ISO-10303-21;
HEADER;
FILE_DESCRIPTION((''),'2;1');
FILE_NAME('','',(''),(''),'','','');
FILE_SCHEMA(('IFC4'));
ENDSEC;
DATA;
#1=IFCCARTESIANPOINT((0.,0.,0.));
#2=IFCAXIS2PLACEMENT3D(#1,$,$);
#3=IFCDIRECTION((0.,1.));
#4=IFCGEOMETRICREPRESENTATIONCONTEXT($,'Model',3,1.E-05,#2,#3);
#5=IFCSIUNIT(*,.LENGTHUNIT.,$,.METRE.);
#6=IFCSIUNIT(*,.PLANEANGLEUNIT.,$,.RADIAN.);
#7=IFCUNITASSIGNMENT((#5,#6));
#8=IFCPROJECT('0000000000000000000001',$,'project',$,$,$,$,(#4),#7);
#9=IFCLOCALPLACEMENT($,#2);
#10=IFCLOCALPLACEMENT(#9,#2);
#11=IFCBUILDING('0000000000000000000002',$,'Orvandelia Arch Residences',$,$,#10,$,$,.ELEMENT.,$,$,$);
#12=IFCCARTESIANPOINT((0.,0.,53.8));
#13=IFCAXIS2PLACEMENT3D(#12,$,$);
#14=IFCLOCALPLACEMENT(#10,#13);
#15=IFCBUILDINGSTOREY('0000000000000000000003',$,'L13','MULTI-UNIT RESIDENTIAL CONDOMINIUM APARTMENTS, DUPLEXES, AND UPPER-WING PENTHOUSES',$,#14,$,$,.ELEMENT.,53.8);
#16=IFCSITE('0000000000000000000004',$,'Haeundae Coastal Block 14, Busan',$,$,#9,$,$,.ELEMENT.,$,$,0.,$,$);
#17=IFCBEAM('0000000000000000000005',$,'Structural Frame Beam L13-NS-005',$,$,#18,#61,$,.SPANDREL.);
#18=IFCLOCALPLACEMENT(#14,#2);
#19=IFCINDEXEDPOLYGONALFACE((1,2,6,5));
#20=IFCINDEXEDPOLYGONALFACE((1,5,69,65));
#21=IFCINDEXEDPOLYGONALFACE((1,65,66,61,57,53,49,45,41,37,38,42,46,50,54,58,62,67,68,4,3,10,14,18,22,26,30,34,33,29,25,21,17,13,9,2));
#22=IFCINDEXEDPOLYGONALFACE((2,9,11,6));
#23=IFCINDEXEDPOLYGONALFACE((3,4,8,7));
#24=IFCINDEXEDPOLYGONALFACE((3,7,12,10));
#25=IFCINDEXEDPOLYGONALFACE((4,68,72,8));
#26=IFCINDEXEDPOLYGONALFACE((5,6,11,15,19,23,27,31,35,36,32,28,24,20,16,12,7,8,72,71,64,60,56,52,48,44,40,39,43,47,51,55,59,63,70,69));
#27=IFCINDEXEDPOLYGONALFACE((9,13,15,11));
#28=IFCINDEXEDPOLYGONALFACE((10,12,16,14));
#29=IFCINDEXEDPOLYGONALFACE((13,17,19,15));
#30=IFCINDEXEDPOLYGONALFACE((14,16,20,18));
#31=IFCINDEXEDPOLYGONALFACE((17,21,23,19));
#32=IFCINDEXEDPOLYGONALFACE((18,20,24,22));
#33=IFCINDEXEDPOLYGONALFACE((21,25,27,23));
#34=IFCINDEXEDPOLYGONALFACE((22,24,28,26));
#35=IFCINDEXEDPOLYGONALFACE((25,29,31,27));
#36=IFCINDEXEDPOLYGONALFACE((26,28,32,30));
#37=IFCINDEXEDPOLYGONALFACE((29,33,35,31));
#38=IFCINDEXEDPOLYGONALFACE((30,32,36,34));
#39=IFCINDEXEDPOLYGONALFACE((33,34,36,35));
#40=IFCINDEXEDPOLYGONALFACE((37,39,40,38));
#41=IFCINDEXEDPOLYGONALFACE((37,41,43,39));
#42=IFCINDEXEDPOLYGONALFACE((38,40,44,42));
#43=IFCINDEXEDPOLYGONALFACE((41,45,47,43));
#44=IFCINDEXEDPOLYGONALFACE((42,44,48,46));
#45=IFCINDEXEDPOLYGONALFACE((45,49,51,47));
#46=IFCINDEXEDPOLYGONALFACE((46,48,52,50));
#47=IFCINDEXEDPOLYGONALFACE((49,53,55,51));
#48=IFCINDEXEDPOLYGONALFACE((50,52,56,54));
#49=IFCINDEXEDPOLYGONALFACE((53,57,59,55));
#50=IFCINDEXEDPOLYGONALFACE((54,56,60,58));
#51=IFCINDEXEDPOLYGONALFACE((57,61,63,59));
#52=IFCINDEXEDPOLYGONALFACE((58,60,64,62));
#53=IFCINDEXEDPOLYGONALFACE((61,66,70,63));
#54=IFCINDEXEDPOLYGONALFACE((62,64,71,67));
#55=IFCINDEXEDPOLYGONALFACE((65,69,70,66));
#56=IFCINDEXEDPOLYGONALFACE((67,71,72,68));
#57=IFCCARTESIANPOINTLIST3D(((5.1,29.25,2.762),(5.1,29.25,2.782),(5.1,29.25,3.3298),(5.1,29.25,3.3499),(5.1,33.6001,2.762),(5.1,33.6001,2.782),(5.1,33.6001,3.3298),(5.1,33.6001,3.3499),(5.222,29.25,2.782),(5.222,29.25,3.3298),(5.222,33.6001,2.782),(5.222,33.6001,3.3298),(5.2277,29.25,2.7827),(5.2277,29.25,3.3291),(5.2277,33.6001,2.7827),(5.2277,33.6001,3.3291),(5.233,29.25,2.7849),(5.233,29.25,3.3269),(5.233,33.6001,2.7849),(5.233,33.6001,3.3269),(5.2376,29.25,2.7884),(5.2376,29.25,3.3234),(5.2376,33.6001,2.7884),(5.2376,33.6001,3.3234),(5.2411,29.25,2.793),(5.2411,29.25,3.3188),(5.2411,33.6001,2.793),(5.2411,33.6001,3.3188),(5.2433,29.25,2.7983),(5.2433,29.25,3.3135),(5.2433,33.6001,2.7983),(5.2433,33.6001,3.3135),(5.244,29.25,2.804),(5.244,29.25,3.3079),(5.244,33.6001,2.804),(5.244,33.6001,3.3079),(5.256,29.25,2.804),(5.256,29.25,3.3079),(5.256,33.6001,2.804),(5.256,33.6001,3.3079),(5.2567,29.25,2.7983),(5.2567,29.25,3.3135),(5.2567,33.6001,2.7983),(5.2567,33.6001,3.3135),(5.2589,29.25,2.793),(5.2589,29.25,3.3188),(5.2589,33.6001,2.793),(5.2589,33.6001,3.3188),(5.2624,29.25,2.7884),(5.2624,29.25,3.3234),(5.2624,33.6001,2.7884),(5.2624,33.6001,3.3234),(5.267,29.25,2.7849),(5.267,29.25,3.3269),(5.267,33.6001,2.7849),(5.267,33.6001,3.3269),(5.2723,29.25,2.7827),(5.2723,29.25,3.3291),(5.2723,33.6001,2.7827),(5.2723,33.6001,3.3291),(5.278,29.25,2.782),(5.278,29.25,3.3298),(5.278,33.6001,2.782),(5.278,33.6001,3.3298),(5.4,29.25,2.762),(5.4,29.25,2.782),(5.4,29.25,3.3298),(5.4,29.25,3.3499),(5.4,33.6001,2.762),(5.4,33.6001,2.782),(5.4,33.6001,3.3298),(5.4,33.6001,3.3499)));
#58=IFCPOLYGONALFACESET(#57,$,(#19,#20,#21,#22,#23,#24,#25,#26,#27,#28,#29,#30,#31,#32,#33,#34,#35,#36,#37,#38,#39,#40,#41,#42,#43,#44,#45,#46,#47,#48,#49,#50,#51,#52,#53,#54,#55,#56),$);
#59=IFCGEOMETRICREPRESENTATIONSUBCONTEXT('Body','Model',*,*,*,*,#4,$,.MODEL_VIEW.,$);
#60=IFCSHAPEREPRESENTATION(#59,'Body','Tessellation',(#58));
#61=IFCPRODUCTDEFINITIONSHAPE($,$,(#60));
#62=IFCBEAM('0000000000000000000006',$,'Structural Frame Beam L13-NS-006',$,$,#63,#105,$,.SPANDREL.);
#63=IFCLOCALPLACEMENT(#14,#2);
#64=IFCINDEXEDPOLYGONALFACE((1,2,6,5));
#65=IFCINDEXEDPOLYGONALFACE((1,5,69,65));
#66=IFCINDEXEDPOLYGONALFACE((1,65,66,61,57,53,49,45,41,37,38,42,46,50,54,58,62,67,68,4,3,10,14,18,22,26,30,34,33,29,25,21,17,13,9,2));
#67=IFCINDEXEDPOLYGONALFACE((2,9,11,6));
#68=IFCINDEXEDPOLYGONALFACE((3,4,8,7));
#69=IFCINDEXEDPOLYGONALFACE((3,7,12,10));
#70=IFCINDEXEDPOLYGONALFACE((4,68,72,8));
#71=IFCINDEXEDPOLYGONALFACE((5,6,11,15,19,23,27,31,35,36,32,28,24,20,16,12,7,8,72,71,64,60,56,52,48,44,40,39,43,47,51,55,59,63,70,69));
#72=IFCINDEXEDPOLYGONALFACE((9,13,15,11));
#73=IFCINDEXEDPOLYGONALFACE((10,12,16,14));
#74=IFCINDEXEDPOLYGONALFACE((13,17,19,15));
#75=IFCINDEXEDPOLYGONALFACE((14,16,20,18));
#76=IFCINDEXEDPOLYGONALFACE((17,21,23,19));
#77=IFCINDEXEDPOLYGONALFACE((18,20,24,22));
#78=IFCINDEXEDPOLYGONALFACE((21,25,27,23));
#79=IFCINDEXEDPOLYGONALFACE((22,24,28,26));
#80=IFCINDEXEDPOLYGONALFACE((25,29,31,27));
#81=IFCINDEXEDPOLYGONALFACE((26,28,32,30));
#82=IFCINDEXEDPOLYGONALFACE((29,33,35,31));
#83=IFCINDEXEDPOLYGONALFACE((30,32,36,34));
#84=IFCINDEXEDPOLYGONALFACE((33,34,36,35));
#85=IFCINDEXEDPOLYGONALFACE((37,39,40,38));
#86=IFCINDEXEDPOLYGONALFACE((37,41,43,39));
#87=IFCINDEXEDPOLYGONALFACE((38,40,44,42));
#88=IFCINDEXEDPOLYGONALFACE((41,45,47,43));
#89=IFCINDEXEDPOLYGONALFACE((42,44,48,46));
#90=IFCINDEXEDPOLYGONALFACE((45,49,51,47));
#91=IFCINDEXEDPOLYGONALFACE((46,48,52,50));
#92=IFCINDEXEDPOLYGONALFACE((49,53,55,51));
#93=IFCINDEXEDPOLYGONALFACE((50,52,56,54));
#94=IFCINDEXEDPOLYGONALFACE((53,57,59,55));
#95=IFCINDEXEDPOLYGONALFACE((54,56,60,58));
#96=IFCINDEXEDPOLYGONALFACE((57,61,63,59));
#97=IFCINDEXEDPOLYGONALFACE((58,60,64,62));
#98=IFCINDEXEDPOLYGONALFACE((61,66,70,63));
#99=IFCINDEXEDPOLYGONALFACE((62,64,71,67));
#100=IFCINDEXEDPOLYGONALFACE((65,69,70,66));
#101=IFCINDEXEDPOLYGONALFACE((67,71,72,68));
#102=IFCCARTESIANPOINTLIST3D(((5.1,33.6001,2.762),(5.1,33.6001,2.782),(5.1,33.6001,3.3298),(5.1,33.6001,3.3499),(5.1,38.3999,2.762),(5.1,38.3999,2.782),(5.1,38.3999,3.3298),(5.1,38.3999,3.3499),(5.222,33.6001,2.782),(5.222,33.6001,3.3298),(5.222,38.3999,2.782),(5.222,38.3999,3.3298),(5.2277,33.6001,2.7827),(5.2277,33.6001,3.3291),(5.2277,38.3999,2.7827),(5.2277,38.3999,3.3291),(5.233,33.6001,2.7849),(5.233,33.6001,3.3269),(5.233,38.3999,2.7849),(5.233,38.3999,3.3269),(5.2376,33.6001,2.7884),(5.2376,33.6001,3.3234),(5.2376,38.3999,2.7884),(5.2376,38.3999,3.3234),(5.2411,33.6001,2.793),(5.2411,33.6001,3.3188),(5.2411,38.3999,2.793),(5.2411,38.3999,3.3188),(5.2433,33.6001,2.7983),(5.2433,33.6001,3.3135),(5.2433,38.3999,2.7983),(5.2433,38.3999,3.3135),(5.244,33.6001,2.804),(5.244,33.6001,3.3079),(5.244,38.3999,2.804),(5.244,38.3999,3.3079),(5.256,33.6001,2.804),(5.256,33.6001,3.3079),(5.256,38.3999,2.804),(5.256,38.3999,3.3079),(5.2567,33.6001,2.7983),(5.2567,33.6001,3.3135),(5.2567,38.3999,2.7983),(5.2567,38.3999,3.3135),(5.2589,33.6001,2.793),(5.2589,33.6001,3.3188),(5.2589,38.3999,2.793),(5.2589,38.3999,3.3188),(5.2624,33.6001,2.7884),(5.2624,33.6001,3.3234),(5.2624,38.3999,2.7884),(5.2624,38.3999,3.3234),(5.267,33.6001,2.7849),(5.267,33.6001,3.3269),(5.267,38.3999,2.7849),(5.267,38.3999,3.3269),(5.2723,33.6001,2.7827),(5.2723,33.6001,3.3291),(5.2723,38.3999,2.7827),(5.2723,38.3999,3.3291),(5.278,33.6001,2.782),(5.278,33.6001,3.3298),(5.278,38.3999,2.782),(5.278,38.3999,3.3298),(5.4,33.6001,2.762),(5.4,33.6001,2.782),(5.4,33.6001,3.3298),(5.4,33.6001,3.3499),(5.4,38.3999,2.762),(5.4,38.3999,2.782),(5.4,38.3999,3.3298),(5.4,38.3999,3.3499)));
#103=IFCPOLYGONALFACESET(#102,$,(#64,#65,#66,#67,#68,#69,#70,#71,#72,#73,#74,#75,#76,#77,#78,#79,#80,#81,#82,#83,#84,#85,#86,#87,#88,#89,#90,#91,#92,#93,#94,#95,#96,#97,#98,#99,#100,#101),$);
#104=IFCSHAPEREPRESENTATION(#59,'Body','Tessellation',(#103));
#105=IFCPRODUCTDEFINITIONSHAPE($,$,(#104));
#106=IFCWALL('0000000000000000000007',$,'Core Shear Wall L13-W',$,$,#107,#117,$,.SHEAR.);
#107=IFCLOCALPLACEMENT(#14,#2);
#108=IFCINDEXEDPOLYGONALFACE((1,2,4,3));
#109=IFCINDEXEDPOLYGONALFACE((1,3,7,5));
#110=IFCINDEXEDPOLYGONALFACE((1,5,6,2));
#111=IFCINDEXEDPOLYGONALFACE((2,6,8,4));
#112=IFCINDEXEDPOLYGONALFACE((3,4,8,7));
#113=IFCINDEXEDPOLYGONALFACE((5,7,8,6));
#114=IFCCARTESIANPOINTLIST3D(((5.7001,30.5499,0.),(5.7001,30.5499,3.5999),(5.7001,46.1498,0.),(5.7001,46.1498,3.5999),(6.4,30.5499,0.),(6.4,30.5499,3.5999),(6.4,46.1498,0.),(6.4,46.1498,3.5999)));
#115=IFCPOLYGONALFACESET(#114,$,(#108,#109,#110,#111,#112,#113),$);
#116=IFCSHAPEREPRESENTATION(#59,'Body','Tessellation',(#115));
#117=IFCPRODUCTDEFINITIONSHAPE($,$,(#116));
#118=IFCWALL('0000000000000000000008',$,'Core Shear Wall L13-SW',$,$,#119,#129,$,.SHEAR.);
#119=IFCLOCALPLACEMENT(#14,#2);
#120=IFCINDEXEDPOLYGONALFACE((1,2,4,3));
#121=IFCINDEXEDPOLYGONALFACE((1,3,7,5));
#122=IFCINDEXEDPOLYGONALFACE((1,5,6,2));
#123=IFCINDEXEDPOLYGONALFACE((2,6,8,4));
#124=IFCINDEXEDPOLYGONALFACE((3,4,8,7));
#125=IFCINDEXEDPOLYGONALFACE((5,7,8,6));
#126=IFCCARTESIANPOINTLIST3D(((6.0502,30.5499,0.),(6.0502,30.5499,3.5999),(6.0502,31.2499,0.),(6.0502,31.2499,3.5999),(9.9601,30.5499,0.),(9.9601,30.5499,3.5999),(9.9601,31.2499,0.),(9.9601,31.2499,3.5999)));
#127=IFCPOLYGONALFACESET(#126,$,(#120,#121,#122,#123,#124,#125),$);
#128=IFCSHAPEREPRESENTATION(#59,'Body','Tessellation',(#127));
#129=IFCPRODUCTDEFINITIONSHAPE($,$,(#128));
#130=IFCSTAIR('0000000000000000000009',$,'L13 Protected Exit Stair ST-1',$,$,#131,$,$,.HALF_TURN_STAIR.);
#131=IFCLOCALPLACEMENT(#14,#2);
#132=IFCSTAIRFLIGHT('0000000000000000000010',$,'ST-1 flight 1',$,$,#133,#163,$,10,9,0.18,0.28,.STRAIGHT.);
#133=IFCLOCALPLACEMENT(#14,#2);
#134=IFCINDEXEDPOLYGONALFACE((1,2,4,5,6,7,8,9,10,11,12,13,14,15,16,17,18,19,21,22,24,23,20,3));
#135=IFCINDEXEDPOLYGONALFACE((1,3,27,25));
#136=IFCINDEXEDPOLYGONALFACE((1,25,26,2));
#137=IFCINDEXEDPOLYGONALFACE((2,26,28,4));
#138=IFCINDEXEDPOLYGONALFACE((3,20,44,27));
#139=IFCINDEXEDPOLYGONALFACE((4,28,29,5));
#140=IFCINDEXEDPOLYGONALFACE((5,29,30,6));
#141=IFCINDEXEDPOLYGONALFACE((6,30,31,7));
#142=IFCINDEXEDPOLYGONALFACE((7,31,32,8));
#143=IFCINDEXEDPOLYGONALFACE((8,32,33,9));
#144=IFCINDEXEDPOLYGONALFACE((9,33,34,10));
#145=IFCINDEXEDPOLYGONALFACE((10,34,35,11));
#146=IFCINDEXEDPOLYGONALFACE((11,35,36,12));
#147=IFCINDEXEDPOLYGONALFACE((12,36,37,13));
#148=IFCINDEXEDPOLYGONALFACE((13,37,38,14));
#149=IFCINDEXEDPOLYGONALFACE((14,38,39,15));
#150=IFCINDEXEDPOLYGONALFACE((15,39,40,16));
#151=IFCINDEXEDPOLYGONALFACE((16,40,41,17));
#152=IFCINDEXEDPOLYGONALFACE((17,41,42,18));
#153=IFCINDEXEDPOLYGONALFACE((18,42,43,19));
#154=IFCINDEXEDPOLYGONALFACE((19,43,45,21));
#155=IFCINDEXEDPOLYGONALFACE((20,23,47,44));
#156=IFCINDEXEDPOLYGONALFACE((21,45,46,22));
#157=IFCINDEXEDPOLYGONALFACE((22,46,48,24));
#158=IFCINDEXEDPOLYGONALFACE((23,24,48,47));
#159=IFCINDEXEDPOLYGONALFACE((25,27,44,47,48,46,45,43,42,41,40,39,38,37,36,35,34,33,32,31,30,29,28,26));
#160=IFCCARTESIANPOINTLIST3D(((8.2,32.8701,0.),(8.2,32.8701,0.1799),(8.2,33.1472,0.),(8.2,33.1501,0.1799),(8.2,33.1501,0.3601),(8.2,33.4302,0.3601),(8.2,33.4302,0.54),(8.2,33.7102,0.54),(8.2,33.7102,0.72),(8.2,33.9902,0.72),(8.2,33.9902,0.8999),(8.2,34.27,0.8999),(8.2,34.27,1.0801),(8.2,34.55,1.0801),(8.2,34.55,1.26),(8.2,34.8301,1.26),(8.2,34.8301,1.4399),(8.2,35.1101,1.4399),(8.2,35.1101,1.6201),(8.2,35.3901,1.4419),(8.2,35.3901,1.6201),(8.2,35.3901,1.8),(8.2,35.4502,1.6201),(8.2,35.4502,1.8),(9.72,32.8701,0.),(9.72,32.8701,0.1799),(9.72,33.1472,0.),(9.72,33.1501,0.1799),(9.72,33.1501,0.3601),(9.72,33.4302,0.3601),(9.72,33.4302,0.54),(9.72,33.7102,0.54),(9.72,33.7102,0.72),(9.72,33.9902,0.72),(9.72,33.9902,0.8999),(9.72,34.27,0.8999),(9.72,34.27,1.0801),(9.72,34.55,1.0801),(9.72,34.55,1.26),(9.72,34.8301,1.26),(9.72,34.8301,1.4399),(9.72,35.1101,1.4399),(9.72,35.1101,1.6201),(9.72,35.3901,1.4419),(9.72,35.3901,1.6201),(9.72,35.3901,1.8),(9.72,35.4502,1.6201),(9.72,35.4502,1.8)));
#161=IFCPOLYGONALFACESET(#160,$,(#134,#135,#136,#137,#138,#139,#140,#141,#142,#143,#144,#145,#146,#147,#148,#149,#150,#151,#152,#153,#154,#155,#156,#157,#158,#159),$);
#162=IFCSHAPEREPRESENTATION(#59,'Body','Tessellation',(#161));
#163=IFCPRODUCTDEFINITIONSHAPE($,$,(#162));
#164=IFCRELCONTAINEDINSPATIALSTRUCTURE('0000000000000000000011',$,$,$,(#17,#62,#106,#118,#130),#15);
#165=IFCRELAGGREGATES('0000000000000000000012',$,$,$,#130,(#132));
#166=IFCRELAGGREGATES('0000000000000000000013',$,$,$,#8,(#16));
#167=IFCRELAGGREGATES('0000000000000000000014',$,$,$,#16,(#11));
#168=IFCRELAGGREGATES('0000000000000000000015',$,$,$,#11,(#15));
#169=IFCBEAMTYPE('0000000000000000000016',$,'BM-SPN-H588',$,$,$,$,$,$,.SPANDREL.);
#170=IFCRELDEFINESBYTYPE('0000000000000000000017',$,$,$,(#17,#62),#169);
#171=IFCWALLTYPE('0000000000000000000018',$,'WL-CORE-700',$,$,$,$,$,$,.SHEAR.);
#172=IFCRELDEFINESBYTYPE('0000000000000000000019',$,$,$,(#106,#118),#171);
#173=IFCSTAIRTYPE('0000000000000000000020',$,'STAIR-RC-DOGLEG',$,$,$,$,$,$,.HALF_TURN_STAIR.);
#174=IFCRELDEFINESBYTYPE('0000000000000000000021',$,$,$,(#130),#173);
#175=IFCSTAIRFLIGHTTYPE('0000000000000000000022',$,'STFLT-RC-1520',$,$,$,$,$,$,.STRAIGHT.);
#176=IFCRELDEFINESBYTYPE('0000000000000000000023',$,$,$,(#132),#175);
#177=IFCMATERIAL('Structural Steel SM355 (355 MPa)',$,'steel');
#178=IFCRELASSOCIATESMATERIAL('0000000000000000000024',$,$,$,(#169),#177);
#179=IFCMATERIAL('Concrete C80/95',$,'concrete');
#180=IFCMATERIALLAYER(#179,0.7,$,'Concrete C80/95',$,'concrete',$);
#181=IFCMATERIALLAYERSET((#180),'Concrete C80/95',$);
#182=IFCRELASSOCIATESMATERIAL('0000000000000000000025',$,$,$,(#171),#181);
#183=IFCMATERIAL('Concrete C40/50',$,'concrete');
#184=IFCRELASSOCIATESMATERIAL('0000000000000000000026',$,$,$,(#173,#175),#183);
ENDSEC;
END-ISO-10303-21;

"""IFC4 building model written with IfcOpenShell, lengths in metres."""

from ifc_helpers import new_model, si_unit, direction, frame, frame_2d, origin, origin_2d, place, context, subcontext, project, spatial, polyline, rectangle, i_section, outline, extrude, material, layer, layer_set, material_profile, profile_set, type_object, element, aggregate, save


model = new_model("IFC4")

# Units and contexts
model_context = context("Model", 3, precision=1e-05, world=origin(), true_north=direction((0.0, 1.0)))
body_context = subcontext(model_context, "Body", "Model", "MODEL_VIEW")
ifc_project = project(units=[si_unit("LENGTHUNIT", "METRE"), si_unit("PLANEANGLEUNIT", "RADIAN")], contexts=[model_context])

# Site, building, storey
site_placement = place(None, origin())
site = spatial("IfcSite", under=ifc_project, at=site_placement, Name="Haeundae Coastal Block 14, Busan", CompositionType="ELEMENT", RefElevation=0.0)
building_placement = place(site_placement, origin())
building = spatial("IfcBuilding", under=site, at=building_placement, Name="Orvandelia Arch Residences", CompositionType="ELEMENT")
storey_placement = place(building_placement, frame((0.0, 0.0, 53.8)))
storey = spatial("IfcBuildingStorey", under=building, at=storey_placement, Name="L13", Description="MULTI-UNIT RESIDENTIAL CONDOMINIUM APARTMENTS, DUPLEXES, AND UPPER-WING PENTHOUSES", CompositionType="ELEMENT", Elevation=53.8)

# Shared definitions
ifc_material_1 = material(Name="Concrete C80/95", Category="concrete")

# Beams
ifc_material_2 = material(Name="Structural Steel SM355 (355 MPa)", Category="steel")
ifc_material_profile_1 = material_profile(ifc_material_2, i_section(OverallWidth=0.3, OverallDepth=0.5879, WebThickness=0.012, FlangeThickness=0.02, FilletRadius=0.022, at=origin_2d()), Name="Structural Steel SM355 (355 MPa)", Category="steel")
ifc_profile_set_1 = profile_set([ifc_material_profile_1], Name="Structural Steel SM355 (355 MPa)")
beam_type_1 = type_object("IfcBeamType", Name="BM-SPN-H588", PredefinedType="SPANDREL", material=ifc_profile_set_1)
beam_1_placement = place(storey_placement, frame((5.25, 29.25, 3.0559), z_axis=(0.0, 1.0, 0.0), x_axis=(-1.0, 0.0, 0.0)))
element("IfcBeam", 1, at=beam_1_placement, inside=storey, type_object=beam_type_1, Name="Structural Frame Beam L13-NS-005", PredefinedType="SPANDREL", context=body_context, shape_type="SweptSolid", body=[
    extrude(i_section(OverallWidth=0.3, OverallDepth=0.5879, WebThickness=0.012, FlangeThickness=0.02, FilletRadius=0.022, at=origin_2d()), origin(), (0.0, 0.0, 1.0), 4.3501),
])
beam_2_placement = place(storey_placement, frame((5.25, 33.6001, 3.0559), z_axis=(0.0, 1.0, 0.0), x_axis=(-1.0, 0.0, 0.0)))
element("IfcBeam", 2, at=beam_2_placement, inside=storey, type_object=beam_type_1, Name="Structural Frame Beam L13-NS-006", PredefinedType="SPANDREL", context=body_context, shape_type="SweptSolid", body=[
    extrude(i_section(OverallWidth=0.3, OverallDepth=0.5879, WebThickness=0.012, FlangeThickness=0.02, FilletRadius=0.022, at=origin_2d()), origin(), (0.0, 0.0, 1.0), 4.7998),
])

# Walls
ifc_layer = layer(ifc_material_1, 0.7, Name="Concrete C80/95", Category="concrete")
ifc_layer_set = layer_set([ifc_layer], Name="Concrete C80/95")
wall_type = type_object("IfcWallType", Name="WL-CORE-700", PredefinedType="SHEAR", material=ifc_layer_set)
wall_1_placement = place(storey_placement, frame((6.05, 30.55, 0.0), z_axis=(0.0, 0.0, 1.0), x_axis=(0.0, 1.0, 0.0)))
element("IfcWall", 3, at=wall_1_placement, inside=storey, type_object=wall_type, Name="Core Shear Wall L13-W", PredefinedType="SHEAR", context=body_context, shape_type="SweptSolid", body=[
    extrude(rectangle(XDim=15.5999, YDim=0.7, at=frame_2d((7.7998, 0.0))), origin(), (0.0, 0.0, 1.0), 3.5999),
])
wall_2_placement = place(storey_placement, frame((6.05, 30.8999, 0.0), z_axis=(0.0, 0.0, 1.0), x_axis=(1.0, 0.0, 0.0)))
element("IfcWall", 4, at=wall_2_placement, inside=storey, type_object=wall_type, Name="Core Shear Wall L13-SW", PredefinedType="SHEAR", context=body_context, shape_type="SweptSolid", body=[
    extrude(rectangle(XDim=3.9099, YDim=0.7, at=frame_2d((1.9551, 0.0))), origin(), (0.0, 0.0, 1.0), 3.5999),
])

# Stair, stair flight
ifc_material_3 = material(Name="Concrete C40/50", Category="concrete")
stair_type = type_object("IfcStairType", Name="STAIR-RC-DOGLEG", PredefinedType="HALF_TURN_STAIR", material=ifc_material_3)
stair_placement = place(storey_placement, origin())
stair = element("IfcStair", 5, at=stair_placement, inside=storey, type_object=stair_type, Name="L13 Protected Exit Stair ST-1", PredefinedType="HALF_TURN_STAIR")
stair_flight_type = type_object("IfcStairFlightType", Name="STFLT-RC-1520", PredefinedType="STRAIGHT", material=ifc_material_3)
stair_flight_1_placement = place(storey_placement, frame((8.96, 32.8701, 0.0), z_axis=(0.0, 0.0, 1.0), x_axis=(0.0, 1.0, 0.0)))
stair_flight_1 = element("IfcStairFlight", 6, at=stair_flight_1_placement, type_object=stair_flight_type, Name="ST-1 flight 1", NumberOfRisers=10, NumberOfTreads=9, PredefinedType="STRAIGHT", RiserHeight=0.18, TreadLength=0.28, context=body_context, shape_type="SweptSolid", body=[
    extrude(outline(polyline([(0.0, 0.0), (0.0, 0.1799), (0.28, 0.1799), (0.28, 0.3601), (0.5601, 0.3601), (0.5601, 0.54), (0.8401, 0.54), (0.8401, 0.72), (1.1201, 0.72), (1.1201, 0.8999), (1.3999, 0.8999), (1.3999, 1.0801), (1.6799, 1.0801), (1.6799, 1.26), (1.96, 1.26), (1.96, 1.4399), (2.24, 1.4399), (2.24, 1.6201), (2.52, 1.6201), (2.52, 1.8), (2.5801, 1.8), (2.5801, 1.6201), (2.52, 1.4419), (0.2771, 0.0), (0.0, 0.0)])), frame((0.0, 0.76, 0.0), z_axis=(0.0, -1.0, 0.0), x_axis=(1.0, 0.0, 0.0)), (0.0, 0.0, 1.0), 1.52),
])
aggregate(stair, [stair_flight_1])

save(model, "model.ifc")
